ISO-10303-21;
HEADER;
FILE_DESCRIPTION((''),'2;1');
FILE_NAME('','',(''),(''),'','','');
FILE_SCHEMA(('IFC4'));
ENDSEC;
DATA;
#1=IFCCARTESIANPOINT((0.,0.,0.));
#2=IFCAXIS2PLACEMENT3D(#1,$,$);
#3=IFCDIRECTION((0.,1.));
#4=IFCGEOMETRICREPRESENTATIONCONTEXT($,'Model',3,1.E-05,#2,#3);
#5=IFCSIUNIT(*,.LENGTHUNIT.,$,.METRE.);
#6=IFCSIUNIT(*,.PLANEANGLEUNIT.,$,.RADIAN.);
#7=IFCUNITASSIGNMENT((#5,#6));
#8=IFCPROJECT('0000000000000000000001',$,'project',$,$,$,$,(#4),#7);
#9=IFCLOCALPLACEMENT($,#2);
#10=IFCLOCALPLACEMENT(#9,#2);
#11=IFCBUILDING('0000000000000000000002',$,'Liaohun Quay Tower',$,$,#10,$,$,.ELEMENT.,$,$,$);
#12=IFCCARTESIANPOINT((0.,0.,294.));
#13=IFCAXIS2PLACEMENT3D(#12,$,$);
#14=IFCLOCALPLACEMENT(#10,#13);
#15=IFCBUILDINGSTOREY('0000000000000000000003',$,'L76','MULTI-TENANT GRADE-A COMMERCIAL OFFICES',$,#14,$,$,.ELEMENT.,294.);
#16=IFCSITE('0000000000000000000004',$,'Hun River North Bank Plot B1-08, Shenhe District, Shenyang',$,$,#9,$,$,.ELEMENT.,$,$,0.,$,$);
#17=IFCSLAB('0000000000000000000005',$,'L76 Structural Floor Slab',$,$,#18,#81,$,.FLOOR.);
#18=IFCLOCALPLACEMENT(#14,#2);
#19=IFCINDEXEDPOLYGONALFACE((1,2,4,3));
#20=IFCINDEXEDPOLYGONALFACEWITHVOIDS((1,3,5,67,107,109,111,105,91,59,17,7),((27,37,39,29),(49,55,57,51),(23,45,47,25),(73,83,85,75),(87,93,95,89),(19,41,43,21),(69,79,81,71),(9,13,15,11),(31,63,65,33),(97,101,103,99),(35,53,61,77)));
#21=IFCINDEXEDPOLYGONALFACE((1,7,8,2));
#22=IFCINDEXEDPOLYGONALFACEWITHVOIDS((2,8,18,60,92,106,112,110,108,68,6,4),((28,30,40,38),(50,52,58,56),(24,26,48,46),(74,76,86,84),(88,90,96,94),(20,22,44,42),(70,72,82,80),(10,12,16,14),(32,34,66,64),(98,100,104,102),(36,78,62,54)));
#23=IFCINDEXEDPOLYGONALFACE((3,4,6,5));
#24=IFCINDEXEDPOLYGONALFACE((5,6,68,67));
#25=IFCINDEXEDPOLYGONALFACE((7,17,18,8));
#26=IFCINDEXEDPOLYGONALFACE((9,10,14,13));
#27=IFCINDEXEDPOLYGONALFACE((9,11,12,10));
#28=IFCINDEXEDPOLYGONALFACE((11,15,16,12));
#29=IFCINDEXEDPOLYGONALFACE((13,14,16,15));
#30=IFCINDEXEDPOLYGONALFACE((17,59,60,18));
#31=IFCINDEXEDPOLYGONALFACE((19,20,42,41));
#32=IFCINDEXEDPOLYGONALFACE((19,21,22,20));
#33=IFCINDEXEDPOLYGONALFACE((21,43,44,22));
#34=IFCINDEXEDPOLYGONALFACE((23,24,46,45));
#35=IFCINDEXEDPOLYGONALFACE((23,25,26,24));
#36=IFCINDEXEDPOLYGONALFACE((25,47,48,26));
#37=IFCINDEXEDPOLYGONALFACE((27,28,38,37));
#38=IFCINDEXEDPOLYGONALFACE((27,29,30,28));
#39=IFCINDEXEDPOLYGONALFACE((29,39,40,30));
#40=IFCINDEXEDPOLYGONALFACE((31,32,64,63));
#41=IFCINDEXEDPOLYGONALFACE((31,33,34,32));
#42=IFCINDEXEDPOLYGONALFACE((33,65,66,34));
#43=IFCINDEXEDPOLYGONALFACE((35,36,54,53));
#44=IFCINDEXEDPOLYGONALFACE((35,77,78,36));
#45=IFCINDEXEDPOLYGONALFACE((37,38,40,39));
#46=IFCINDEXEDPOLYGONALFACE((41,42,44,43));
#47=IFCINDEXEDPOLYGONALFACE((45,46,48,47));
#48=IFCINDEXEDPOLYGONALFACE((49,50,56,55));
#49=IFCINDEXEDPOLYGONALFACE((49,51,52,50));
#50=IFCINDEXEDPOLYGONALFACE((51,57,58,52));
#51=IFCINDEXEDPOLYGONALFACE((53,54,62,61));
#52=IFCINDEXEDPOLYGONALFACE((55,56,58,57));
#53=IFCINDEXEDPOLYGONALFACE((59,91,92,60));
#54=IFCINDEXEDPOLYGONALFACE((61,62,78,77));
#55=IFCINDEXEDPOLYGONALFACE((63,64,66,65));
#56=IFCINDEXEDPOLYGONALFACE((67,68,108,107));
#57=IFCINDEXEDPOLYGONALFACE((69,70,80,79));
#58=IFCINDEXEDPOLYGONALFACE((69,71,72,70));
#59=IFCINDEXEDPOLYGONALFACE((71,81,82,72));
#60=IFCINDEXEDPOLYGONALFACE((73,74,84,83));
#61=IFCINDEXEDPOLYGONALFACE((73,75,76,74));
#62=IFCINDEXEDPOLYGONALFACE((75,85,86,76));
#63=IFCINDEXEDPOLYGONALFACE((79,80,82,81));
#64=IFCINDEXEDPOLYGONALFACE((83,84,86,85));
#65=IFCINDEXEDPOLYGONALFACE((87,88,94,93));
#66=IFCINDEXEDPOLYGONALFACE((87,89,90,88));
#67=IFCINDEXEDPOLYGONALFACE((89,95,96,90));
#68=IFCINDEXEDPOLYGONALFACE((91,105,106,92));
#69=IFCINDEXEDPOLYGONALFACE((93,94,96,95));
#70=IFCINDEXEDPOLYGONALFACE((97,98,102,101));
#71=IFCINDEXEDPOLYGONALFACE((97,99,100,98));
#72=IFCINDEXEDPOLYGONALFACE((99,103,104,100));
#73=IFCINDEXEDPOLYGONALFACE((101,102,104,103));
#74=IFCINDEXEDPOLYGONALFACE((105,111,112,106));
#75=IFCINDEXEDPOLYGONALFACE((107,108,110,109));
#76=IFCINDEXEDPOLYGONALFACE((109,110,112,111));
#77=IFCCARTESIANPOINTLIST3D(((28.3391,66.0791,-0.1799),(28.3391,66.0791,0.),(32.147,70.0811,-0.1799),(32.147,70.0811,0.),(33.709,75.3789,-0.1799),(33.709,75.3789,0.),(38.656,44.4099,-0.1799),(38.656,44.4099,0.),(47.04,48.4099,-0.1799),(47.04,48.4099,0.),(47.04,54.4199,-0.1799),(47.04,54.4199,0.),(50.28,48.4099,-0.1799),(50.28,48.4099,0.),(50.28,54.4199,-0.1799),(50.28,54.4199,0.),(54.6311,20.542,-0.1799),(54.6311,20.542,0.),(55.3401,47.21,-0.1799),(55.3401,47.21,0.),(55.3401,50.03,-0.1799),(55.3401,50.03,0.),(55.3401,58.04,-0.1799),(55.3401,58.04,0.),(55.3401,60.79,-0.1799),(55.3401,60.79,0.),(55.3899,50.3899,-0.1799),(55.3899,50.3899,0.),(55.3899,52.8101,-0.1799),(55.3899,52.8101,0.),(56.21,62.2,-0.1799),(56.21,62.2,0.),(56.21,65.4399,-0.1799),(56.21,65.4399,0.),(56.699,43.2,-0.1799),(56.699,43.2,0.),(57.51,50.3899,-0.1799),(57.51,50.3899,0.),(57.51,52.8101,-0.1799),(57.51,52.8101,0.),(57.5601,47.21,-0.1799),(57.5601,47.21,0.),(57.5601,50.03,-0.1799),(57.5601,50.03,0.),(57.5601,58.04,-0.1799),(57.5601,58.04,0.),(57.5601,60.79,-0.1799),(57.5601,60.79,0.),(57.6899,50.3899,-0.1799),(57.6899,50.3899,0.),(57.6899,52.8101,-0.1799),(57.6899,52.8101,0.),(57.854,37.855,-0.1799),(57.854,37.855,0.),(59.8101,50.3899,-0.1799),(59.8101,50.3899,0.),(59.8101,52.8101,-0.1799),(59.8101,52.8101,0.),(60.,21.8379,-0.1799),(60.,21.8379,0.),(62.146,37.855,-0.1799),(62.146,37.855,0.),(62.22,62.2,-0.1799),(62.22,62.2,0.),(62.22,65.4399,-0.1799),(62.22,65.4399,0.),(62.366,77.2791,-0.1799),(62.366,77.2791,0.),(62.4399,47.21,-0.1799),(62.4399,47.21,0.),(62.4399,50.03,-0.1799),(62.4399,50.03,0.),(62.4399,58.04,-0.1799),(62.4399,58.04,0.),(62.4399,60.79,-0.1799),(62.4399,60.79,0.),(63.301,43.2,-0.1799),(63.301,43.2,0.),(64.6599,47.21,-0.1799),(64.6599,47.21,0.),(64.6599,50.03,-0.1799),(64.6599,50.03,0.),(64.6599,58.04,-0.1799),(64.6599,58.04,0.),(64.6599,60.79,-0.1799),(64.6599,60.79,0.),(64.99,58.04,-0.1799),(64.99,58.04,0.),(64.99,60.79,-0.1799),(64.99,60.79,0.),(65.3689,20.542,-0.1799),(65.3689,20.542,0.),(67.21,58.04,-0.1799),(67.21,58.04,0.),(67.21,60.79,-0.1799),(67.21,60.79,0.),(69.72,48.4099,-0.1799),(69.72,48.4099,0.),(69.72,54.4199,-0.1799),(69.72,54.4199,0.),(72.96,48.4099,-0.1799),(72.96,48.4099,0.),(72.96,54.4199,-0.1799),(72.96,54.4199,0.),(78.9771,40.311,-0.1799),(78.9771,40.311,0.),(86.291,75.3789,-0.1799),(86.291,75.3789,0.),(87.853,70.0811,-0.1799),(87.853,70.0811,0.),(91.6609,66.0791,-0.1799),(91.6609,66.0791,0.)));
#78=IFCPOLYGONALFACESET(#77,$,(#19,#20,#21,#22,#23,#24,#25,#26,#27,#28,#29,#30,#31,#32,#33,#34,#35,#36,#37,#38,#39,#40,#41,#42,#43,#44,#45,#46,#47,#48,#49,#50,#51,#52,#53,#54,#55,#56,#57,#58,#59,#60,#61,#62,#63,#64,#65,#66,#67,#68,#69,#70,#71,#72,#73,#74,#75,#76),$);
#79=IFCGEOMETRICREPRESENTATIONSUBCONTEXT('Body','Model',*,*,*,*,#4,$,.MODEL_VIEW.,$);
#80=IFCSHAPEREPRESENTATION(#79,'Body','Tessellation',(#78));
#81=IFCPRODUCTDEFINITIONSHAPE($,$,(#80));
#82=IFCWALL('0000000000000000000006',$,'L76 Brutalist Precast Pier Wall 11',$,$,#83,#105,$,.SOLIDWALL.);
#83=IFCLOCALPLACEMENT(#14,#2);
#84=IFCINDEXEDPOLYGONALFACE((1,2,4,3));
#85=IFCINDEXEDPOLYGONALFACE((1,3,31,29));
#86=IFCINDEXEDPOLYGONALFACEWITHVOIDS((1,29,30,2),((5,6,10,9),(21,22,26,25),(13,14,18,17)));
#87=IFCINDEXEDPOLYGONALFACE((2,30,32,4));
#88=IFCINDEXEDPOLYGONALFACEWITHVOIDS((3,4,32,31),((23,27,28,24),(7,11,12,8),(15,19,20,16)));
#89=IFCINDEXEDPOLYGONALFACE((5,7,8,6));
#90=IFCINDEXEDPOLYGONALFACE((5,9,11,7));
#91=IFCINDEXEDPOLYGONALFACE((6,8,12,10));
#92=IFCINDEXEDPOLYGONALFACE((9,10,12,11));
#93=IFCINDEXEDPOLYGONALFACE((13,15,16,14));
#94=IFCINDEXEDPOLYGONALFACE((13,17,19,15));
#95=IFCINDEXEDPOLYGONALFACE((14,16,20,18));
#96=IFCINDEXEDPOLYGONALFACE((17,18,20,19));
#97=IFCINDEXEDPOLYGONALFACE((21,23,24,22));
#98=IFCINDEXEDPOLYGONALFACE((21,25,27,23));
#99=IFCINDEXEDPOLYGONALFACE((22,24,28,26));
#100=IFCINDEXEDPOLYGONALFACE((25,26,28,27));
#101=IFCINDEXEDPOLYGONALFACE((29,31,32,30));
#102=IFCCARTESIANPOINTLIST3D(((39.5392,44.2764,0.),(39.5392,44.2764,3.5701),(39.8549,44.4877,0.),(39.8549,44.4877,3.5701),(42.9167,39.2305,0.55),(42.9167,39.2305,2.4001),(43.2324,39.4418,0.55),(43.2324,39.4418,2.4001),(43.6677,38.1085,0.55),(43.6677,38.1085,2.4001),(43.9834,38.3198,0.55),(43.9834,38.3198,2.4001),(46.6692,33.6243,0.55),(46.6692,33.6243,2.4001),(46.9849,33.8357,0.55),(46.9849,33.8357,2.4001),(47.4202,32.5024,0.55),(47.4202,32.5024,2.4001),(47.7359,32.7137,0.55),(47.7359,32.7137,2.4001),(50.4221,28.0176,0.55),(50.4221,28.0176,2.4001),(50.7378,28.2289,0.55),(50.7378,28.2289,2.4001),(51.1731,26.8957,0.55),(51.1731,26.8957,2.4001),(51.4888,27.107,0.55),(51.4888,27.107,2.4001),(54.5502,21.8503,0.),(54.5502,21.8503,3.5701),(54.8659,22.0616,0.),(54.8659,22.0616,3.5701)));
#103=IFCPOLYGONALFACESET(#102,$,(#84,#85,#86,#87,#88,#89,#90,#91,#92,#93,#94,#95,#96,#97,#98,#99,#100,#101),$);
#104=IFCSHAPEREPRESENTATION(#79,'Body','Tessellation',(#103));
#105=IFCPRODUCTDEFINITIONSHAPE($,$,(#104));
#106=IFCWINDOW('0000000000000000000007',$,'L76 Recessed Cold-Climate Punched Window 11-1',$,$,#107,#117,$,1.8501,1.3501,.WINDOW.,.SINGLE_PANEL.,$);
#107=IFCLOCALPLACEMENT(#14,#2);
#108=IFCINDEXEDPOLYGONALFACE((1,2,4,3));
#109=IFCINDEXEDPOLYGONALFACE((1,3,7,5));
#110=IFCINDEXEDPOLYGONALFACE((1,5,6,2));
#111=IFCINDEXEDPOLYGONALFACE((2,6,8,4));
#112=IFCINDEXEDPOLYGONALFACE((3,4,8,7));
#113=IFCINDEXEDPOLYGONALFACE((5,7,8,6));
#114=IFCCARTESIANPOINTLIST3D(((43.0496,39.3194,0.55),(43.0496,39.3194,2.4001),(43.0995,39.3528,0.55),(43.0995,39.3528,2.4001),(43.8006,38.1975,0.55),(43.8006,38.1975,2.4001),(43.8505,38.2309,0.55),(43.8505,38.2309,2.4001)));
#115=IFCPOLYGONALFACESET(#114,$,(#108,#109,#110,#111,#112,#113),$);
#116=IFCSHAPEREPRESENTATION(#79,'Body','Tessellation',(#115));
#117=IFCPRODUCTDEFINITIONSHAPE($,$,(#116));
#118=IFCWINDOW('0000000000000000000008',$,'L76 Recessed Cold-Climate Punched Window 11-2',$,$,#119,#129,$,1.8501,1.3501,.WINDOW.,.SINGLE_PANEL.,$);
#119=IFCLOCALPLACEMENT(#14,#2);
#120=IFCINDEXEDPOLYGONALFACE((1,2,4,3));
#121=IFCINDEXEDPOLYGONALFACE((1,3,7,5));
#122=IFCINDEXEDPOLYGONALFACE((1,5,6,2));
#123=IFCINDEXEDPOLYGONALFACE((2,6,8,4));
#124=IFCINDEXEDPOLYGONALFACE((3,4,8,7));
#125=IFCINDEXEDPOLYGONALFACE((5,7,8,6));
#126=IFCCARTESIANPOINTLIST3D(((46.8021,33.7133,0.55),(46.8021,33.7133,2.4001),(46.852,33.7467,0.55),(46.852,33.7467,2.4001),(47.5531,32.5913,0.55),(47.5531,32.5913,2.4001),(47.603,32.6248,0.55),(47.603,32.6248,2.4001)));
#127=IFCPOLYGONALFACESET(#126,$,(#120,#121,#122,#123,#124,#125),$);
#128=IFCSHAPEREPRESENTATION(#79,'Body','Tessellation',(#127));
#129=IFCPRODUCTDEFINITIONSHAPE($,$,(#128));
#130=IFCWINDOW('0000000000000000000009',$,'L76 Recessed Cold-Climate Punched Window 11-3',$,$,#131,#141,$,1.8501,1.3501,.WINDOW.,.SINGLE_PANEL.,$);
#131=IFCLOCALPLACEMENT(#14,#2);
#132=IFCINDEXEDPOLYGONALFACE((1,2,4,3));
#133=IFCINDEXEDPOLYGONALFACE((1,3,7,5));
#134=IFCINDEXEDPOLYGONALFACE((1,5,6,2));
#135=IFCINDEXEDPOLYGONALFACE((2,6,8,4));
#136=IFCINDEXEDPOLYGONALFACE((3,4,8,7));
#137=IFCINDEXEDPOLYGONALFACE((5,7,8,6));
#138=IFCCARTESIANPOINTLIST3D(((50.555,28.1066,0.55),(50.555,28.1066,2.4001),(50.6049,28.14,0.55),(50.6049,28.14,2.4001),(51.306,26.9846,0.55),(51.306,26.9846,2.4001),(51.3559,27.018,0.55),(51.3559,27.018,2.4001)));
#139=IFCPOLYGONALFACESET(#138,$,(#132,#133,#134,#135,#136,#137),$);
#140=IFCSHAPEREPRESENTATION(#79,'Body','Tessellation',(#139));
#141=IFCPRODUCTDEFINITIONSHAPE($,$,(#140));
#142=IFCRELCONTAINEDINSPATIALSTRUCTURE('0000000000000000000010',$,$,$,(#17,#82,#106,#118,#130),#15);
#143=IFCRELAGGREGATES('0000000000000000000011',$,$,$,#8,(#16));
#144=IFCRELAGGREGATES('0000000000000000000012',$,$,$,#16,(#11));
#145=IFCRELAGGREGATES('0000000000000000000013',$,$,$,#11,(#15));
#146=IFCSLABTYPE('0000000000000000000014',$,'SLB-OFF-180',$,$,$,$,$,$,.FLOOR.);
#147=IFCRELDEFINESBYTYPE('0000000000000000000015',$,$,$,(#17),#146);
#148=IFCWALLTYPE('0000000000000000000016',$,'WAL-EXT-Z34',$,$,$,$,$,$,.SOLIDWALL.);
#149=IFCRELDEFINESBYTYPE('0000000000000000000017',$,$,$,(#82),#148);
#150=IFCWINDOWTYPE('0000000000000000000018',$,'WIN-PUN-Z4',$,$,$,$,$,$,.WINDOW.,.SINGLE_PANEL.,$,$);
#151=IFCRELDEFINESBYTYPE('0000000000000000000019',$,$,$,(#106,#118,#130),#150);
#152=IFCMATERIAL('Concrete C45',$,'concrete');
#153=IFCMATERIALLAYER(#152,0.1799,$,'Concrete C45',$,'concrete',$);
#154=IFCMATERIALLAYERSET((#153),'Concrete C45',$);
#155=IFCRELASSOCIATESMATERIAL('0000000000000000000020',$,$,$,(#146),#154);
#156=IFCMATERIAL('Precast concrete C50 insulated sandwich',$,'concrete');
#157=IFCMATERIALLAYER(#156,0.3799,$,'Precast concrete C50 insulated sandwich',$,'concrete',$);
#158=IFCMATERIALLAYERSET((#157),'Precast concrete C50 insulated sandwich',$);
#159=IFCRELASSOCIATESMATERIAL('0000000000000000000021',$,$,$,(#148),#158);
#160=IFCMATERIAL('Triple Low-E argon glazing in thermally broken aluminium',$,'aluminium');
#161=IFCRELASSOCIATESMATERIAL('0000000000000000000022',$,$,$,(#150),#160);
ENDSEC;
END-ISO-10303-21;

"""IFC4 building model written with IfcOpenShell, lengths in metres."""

from ifc_helpers import new_model, si_unit, direction, frame, frame_2d, origin, place, context, subcontext, project, spatial, polyline, rectangle, outline, extrude, source, transform, mapped, material, layer, layer_set, type_object, element, fill, save


model = new_model("IFC4")

# Units and contexts
model_context = context("Model", 3, precision=1e-05, world=origin(), true_north=direction((0.0, 1.0)))
body_context = subcontext(model_context, "Body", "Model", "MODEL_VIEW")
ifc_project = project(units=[si_unit("LENGTHUNIT", "METRE"), si_unit("PLANEANGLEUNIT", "RADIAN")], contexts=[model_context])

# Site, building, storey
site_placement = place(None, origin())
site = spatial("IfcSite", under=ifc_project, at=site_placement, Name="Hun River North Bank Plot B1-08, Shenhe District, Shenyang", CompositionType="ELEMENT", RefElevation=0.0)
building_placement = place(site_placement, origin())
building = spatial("IfcBuilding", under=site, at=building_placement, Name="Liaohun Quay Tower", CompositionType="ELEMENT")
storey_placement = place(building_placement, frame((0.0, 0.0, 294.0)))
storey = spatial("IfcBuildingStorey", under=building, at=storey_placement, Name="L76", Description="MULTI-TENANT GRADE-A COMMERCIAL OFFICES", CompositionType="ELEMENT", Elevation=294.0)

# Shared definitions
ifc_material_1 = material(Name="Concrete C45", Category="concrete")

# Slab
ifc_layer_1 = layer(ifc_material_1, 0.1799, Name="Concrete C45", Category="concrete")
ifc_layer_set_1 = layer_set([ifc_layer_1], Name="Concrete C45")
slab_type_1 = type_object("IfcSlabType", Name="SLB-OFF-180", PredefinedType="FLOOR", material=ifc_layer_set_1)
slab_1_placement = place(storey_placement, frame((0.0, 0.0, -0.1799)))
element("IfcSlab", 1, at=slab_1_placement, inside=storey, type_object=slab_type_1, Name="L76 Structural Floor Slab", PredefinedType="FLOOR", context=body_context, shape_type="SweptSolid", body=[
    extrude(outline(polyline([(54.6311, 20.542), (60.0, 21.8379), (65.3689, 20.542), (78.9771, 40.311), (91.6609, 66.0791), (87.853, 70.0811), (86.291, 75.3789), (62.366, 77.2791), (33.709, 75.3789), (32.147, 70.0811), (28.3391, 66.0791), (38.656, 44.4099), (54.6311, 20.542)]), holes=[polyline([(57.5601, 50.03), (55.3401, 50.03), (55.3401, 47.21), (57.5601, 47.21), (57.5601, 50.03)]), polyline([(47.04, 54.4199), (47.04, 48.4099), (50.28, 48.4099), (50.28, 54.4199), (47.04, 54.4199)]), polyline([(57.51, 52.8101), (55.3899, 52.8101), (55.3899, 50.3899), (57.51, 50.3899), (57.51, 52.8101)]), polyline([(59.8101, 50.3899), (59.8101, 52.8101), (57.6899, 52.8101), (57.6899, 50.3899), (59.8101, 50.3899)]), polyline([(57.5601, 58.04), (57.5601, 60.79), (55.3401, 60.79), (55.3401, 58.04), (57.5601, 58.04)]), polyline([(62.22, 65.4399), (56.21, 65.4399), (56.21, 62.2), (62.22, 62.2), (62.22, 65.4399)]), polyline([(62.146, 37.855), (63.301, 43.2), (56.699, 43.2), (57.854, 37.855), (62.146, 37.855)]), polyline([(64.6599, 47.21), (64.6599, 50.03), (62.4399, 50.03), (62.4399, 47.21), (64.6599, 47.21)]), polyline([(69.72, 54.4199), (69.72, 48.4099), (72.96, 48.4099), (72.96, 54.4199), (69.72, 54.4199)]), polyline([(64.6599, 58.04), (64.6599, 60.79), (62.4399, 60.79), (62.4399, 58.04), (64.6599, 58.04)]), polyline([(67.21, 58.04), (67.21, 60.79), (64.99, 60.79), (64.99, 58.04), (67.21, 58.04)])]), origin(), (0.0, 0.0, 1.0), 0.1799),
])

# Wall, openings, windows
ifc_material_2 = material(Name="Precast concrete C50 insulated sandwich", Category="concrete")
ifc_layer_2 = layer(ifc_material_2, 0.3799, Name="Precast concrete C50 insulated sandwich", Category="concrete")
ifc_layer_set_2 = layer_set([ifc_layer_2], Name="Precast concrete C50 insulated sandwich")
wall_type_1 = type_object("IfcWallType", Name="WAL-EXT-Z34", PredefinedType="SOLIDWALL", material=ifc_layer_set_2)
wall_1_placement = place(storey_placement, frame((39.697, 44.3821, 0.0), z_axis=(0.0, 0.0, 1.0), x_axis=(0.556246, -0.831018, 0.0)))
wall_1 = element("IfcWall", 2, at=wall_1_placement, inside=storey, type_object=wall_type_1, Name="L76 Brutalist Precast Pier Wall 11", PredefinedType="SOLIDWALL", context=body_context, shape_type="SweptSolid", body=[
    extrude(rectangle(XDim=26.9863, YDim=0.3799, at=frame_2d((13.4932, 0.0))), origin(), (0.0, 0.0, 1.0), 3.5701),
])
shared_shape_1 = source(origin(), body_context, "Body", "SweptSolid", [
    extrude(rectangle(XDim=1.3501, YDim=1.8501, at=frame_2d((0.675, 0.925))), frame((0.0, 0.2, 0.0), z_axis=(0.0, -1.0, 0.0), x_axis=(1.0, 0.0, 0.0)), (0.0, 0.0, 1.0), 0.3999),
])
opening_1_placement = place(wall_1_placement, frame((6.072, 0.0, 0.55)))
opening_1 = element("IfcOpeningElement", 3, at=opening_1_placement, cuts=wall_1, PredefinedType="OPENING", context=body_context, shape_type="MappedRepresentation", body=[
    mapped(shared_shape_1, transform((0.0, 0.0, 0.0), x_axis=(1.0, 0.0, 0.0), y_axis=(0.0, 1.0, 0.0), z_axis=(0.0, 0.0, 1.0), scale=1.0)),
])
opening_2_placement = place(wall_1_placement, frame((12.8181, 0.0, 0.55)))
opening_2 = element("IfcOpeningElement", 4, at=opening_2_placement, cuts=wall_1, PredefinedType="OPENING", context=body_context, shape_type="MappedRepresentation", body=[
    mapped(shared_shape_1, transform((0.0, 0.0, 0.0), x_axis=(1.0, 0.0, 0.0), y_axis=(0.0, 1.0, 0.0), z_axis=(0.0, 0.0, 1.0), scale=1.0)),
])
opening_3_placement = place(wall_1_placement, frame((19.5649, 0.0, 0.55)))
opening_3 = element("IfcOpeningElement", 5, at=opening_3_placement, cuts=wall_1, PredefinedType="OPENING", context=body_context, shape_type="MappedRepresentation", body=[
    mapped(shared_shape_1, transform((0.0, 0.0, 0.0), x_axis=(1.0, 0.0, 0.0), y_axis=(0.0, 1.0, 0.0), z_axis=(0.0, 0.0, 1.0), scale=1.0)),
])
ifc_material_3 = material(Name="Triple Low-E argon glazing in thermally broken aluminium", Category="aluminium")
window_type = type_object("IfcWindowType", Name="WIN-PUN-Z4", PartitioningType="SINGLE_PANEL", PredefinedType="WINDOW", material=ifc_material_3)
shared_shape_2 = source(origin(), body_context, "Body", "SweptSolid", [
    extrude(rectangle(XDim=1.3501, YDim=1.8501, at=frame_2d((0.675, 0.925))), frame((0.0, 0.03, 0.0), z_axis=(0.0, -1.0, 0.0), x_axis=(1.0, 0.0, 0.0)), (0.0, 0.0, 1.0), 0.0601),
])
window_1_placement = place(opening_1_placement, origin())
window_1 = element("IfcWindow", 6, at=window_1_placement, inside=storey, type_object=window_type, Name="L76 Recessed Cold-Climate Punched Window 11-1", OverallHeight=1.8501, OverallWidth=1.3501, PartitioningType="SINGLE_PANEL", PredefinedType="WINDOW", context=body_context, shape_type="MappedRepresentation", body=[
    mapped(shared_shape_2, transform((0.0, 0.0, 0.0), x_axis=(1.0, 0.0, 0.0), y_axis=(0.0, 1.0, 0.0), z_axis=(0.0, 0.0, 1.0), scale=1.0)),
])
fill(opening_1, window_1)
window_2_placement = place(opening_2_placement, origin())
window_2 = element("IfcWindow", 7, at=window_2_placement, inside=storey, type_object=window_type, Name="L76 Recessed Cold-Climate Punched Window 11-2", OverallHeight=1.8501, OverallWidth=1.3501, PartitioningType="SINGLE_PANEL", PredefinedType="WINDOW", context=body_context, shape_type="MappedRepresentation", body=[
    mapped(shared_shape_2, transform((0.0, 0.0, 0.0), x_axis=(1.0, 0.0, 0.0), y_axis=(0.0, 1.0, 0.0), z_axis=(0.0, 0.0, 1.0), scale=1.0)),
])
fill(opening_2, window_2)
window_3_placement = place(opening_3_placement, origin())
window_3 = element("IfcWindow", 8, at=window_3_placement, inside=storey, type_object=window_type, Name="L76 Recessed Cold-Climate Punched Window 11-3", OverallHeight=1.8501, OverallWidth=1.3501, PartitioningType="SINGLE_PANEL", PredefinedType="WINDOW", context=body_context, shape_type="MappedRepresentation", body=[
    mapped(shared_shape_2, transform((0.0, 0.0, 0.0), x_axis=(1.0, 0.0, 0.0), y_axis=(0.0, 1.0, 0.0), z_axis=(0.0, 0.0, 1.0), scale=1.0)),
])
fill(opening_3, window_3)

save(model, "model.ifc")
